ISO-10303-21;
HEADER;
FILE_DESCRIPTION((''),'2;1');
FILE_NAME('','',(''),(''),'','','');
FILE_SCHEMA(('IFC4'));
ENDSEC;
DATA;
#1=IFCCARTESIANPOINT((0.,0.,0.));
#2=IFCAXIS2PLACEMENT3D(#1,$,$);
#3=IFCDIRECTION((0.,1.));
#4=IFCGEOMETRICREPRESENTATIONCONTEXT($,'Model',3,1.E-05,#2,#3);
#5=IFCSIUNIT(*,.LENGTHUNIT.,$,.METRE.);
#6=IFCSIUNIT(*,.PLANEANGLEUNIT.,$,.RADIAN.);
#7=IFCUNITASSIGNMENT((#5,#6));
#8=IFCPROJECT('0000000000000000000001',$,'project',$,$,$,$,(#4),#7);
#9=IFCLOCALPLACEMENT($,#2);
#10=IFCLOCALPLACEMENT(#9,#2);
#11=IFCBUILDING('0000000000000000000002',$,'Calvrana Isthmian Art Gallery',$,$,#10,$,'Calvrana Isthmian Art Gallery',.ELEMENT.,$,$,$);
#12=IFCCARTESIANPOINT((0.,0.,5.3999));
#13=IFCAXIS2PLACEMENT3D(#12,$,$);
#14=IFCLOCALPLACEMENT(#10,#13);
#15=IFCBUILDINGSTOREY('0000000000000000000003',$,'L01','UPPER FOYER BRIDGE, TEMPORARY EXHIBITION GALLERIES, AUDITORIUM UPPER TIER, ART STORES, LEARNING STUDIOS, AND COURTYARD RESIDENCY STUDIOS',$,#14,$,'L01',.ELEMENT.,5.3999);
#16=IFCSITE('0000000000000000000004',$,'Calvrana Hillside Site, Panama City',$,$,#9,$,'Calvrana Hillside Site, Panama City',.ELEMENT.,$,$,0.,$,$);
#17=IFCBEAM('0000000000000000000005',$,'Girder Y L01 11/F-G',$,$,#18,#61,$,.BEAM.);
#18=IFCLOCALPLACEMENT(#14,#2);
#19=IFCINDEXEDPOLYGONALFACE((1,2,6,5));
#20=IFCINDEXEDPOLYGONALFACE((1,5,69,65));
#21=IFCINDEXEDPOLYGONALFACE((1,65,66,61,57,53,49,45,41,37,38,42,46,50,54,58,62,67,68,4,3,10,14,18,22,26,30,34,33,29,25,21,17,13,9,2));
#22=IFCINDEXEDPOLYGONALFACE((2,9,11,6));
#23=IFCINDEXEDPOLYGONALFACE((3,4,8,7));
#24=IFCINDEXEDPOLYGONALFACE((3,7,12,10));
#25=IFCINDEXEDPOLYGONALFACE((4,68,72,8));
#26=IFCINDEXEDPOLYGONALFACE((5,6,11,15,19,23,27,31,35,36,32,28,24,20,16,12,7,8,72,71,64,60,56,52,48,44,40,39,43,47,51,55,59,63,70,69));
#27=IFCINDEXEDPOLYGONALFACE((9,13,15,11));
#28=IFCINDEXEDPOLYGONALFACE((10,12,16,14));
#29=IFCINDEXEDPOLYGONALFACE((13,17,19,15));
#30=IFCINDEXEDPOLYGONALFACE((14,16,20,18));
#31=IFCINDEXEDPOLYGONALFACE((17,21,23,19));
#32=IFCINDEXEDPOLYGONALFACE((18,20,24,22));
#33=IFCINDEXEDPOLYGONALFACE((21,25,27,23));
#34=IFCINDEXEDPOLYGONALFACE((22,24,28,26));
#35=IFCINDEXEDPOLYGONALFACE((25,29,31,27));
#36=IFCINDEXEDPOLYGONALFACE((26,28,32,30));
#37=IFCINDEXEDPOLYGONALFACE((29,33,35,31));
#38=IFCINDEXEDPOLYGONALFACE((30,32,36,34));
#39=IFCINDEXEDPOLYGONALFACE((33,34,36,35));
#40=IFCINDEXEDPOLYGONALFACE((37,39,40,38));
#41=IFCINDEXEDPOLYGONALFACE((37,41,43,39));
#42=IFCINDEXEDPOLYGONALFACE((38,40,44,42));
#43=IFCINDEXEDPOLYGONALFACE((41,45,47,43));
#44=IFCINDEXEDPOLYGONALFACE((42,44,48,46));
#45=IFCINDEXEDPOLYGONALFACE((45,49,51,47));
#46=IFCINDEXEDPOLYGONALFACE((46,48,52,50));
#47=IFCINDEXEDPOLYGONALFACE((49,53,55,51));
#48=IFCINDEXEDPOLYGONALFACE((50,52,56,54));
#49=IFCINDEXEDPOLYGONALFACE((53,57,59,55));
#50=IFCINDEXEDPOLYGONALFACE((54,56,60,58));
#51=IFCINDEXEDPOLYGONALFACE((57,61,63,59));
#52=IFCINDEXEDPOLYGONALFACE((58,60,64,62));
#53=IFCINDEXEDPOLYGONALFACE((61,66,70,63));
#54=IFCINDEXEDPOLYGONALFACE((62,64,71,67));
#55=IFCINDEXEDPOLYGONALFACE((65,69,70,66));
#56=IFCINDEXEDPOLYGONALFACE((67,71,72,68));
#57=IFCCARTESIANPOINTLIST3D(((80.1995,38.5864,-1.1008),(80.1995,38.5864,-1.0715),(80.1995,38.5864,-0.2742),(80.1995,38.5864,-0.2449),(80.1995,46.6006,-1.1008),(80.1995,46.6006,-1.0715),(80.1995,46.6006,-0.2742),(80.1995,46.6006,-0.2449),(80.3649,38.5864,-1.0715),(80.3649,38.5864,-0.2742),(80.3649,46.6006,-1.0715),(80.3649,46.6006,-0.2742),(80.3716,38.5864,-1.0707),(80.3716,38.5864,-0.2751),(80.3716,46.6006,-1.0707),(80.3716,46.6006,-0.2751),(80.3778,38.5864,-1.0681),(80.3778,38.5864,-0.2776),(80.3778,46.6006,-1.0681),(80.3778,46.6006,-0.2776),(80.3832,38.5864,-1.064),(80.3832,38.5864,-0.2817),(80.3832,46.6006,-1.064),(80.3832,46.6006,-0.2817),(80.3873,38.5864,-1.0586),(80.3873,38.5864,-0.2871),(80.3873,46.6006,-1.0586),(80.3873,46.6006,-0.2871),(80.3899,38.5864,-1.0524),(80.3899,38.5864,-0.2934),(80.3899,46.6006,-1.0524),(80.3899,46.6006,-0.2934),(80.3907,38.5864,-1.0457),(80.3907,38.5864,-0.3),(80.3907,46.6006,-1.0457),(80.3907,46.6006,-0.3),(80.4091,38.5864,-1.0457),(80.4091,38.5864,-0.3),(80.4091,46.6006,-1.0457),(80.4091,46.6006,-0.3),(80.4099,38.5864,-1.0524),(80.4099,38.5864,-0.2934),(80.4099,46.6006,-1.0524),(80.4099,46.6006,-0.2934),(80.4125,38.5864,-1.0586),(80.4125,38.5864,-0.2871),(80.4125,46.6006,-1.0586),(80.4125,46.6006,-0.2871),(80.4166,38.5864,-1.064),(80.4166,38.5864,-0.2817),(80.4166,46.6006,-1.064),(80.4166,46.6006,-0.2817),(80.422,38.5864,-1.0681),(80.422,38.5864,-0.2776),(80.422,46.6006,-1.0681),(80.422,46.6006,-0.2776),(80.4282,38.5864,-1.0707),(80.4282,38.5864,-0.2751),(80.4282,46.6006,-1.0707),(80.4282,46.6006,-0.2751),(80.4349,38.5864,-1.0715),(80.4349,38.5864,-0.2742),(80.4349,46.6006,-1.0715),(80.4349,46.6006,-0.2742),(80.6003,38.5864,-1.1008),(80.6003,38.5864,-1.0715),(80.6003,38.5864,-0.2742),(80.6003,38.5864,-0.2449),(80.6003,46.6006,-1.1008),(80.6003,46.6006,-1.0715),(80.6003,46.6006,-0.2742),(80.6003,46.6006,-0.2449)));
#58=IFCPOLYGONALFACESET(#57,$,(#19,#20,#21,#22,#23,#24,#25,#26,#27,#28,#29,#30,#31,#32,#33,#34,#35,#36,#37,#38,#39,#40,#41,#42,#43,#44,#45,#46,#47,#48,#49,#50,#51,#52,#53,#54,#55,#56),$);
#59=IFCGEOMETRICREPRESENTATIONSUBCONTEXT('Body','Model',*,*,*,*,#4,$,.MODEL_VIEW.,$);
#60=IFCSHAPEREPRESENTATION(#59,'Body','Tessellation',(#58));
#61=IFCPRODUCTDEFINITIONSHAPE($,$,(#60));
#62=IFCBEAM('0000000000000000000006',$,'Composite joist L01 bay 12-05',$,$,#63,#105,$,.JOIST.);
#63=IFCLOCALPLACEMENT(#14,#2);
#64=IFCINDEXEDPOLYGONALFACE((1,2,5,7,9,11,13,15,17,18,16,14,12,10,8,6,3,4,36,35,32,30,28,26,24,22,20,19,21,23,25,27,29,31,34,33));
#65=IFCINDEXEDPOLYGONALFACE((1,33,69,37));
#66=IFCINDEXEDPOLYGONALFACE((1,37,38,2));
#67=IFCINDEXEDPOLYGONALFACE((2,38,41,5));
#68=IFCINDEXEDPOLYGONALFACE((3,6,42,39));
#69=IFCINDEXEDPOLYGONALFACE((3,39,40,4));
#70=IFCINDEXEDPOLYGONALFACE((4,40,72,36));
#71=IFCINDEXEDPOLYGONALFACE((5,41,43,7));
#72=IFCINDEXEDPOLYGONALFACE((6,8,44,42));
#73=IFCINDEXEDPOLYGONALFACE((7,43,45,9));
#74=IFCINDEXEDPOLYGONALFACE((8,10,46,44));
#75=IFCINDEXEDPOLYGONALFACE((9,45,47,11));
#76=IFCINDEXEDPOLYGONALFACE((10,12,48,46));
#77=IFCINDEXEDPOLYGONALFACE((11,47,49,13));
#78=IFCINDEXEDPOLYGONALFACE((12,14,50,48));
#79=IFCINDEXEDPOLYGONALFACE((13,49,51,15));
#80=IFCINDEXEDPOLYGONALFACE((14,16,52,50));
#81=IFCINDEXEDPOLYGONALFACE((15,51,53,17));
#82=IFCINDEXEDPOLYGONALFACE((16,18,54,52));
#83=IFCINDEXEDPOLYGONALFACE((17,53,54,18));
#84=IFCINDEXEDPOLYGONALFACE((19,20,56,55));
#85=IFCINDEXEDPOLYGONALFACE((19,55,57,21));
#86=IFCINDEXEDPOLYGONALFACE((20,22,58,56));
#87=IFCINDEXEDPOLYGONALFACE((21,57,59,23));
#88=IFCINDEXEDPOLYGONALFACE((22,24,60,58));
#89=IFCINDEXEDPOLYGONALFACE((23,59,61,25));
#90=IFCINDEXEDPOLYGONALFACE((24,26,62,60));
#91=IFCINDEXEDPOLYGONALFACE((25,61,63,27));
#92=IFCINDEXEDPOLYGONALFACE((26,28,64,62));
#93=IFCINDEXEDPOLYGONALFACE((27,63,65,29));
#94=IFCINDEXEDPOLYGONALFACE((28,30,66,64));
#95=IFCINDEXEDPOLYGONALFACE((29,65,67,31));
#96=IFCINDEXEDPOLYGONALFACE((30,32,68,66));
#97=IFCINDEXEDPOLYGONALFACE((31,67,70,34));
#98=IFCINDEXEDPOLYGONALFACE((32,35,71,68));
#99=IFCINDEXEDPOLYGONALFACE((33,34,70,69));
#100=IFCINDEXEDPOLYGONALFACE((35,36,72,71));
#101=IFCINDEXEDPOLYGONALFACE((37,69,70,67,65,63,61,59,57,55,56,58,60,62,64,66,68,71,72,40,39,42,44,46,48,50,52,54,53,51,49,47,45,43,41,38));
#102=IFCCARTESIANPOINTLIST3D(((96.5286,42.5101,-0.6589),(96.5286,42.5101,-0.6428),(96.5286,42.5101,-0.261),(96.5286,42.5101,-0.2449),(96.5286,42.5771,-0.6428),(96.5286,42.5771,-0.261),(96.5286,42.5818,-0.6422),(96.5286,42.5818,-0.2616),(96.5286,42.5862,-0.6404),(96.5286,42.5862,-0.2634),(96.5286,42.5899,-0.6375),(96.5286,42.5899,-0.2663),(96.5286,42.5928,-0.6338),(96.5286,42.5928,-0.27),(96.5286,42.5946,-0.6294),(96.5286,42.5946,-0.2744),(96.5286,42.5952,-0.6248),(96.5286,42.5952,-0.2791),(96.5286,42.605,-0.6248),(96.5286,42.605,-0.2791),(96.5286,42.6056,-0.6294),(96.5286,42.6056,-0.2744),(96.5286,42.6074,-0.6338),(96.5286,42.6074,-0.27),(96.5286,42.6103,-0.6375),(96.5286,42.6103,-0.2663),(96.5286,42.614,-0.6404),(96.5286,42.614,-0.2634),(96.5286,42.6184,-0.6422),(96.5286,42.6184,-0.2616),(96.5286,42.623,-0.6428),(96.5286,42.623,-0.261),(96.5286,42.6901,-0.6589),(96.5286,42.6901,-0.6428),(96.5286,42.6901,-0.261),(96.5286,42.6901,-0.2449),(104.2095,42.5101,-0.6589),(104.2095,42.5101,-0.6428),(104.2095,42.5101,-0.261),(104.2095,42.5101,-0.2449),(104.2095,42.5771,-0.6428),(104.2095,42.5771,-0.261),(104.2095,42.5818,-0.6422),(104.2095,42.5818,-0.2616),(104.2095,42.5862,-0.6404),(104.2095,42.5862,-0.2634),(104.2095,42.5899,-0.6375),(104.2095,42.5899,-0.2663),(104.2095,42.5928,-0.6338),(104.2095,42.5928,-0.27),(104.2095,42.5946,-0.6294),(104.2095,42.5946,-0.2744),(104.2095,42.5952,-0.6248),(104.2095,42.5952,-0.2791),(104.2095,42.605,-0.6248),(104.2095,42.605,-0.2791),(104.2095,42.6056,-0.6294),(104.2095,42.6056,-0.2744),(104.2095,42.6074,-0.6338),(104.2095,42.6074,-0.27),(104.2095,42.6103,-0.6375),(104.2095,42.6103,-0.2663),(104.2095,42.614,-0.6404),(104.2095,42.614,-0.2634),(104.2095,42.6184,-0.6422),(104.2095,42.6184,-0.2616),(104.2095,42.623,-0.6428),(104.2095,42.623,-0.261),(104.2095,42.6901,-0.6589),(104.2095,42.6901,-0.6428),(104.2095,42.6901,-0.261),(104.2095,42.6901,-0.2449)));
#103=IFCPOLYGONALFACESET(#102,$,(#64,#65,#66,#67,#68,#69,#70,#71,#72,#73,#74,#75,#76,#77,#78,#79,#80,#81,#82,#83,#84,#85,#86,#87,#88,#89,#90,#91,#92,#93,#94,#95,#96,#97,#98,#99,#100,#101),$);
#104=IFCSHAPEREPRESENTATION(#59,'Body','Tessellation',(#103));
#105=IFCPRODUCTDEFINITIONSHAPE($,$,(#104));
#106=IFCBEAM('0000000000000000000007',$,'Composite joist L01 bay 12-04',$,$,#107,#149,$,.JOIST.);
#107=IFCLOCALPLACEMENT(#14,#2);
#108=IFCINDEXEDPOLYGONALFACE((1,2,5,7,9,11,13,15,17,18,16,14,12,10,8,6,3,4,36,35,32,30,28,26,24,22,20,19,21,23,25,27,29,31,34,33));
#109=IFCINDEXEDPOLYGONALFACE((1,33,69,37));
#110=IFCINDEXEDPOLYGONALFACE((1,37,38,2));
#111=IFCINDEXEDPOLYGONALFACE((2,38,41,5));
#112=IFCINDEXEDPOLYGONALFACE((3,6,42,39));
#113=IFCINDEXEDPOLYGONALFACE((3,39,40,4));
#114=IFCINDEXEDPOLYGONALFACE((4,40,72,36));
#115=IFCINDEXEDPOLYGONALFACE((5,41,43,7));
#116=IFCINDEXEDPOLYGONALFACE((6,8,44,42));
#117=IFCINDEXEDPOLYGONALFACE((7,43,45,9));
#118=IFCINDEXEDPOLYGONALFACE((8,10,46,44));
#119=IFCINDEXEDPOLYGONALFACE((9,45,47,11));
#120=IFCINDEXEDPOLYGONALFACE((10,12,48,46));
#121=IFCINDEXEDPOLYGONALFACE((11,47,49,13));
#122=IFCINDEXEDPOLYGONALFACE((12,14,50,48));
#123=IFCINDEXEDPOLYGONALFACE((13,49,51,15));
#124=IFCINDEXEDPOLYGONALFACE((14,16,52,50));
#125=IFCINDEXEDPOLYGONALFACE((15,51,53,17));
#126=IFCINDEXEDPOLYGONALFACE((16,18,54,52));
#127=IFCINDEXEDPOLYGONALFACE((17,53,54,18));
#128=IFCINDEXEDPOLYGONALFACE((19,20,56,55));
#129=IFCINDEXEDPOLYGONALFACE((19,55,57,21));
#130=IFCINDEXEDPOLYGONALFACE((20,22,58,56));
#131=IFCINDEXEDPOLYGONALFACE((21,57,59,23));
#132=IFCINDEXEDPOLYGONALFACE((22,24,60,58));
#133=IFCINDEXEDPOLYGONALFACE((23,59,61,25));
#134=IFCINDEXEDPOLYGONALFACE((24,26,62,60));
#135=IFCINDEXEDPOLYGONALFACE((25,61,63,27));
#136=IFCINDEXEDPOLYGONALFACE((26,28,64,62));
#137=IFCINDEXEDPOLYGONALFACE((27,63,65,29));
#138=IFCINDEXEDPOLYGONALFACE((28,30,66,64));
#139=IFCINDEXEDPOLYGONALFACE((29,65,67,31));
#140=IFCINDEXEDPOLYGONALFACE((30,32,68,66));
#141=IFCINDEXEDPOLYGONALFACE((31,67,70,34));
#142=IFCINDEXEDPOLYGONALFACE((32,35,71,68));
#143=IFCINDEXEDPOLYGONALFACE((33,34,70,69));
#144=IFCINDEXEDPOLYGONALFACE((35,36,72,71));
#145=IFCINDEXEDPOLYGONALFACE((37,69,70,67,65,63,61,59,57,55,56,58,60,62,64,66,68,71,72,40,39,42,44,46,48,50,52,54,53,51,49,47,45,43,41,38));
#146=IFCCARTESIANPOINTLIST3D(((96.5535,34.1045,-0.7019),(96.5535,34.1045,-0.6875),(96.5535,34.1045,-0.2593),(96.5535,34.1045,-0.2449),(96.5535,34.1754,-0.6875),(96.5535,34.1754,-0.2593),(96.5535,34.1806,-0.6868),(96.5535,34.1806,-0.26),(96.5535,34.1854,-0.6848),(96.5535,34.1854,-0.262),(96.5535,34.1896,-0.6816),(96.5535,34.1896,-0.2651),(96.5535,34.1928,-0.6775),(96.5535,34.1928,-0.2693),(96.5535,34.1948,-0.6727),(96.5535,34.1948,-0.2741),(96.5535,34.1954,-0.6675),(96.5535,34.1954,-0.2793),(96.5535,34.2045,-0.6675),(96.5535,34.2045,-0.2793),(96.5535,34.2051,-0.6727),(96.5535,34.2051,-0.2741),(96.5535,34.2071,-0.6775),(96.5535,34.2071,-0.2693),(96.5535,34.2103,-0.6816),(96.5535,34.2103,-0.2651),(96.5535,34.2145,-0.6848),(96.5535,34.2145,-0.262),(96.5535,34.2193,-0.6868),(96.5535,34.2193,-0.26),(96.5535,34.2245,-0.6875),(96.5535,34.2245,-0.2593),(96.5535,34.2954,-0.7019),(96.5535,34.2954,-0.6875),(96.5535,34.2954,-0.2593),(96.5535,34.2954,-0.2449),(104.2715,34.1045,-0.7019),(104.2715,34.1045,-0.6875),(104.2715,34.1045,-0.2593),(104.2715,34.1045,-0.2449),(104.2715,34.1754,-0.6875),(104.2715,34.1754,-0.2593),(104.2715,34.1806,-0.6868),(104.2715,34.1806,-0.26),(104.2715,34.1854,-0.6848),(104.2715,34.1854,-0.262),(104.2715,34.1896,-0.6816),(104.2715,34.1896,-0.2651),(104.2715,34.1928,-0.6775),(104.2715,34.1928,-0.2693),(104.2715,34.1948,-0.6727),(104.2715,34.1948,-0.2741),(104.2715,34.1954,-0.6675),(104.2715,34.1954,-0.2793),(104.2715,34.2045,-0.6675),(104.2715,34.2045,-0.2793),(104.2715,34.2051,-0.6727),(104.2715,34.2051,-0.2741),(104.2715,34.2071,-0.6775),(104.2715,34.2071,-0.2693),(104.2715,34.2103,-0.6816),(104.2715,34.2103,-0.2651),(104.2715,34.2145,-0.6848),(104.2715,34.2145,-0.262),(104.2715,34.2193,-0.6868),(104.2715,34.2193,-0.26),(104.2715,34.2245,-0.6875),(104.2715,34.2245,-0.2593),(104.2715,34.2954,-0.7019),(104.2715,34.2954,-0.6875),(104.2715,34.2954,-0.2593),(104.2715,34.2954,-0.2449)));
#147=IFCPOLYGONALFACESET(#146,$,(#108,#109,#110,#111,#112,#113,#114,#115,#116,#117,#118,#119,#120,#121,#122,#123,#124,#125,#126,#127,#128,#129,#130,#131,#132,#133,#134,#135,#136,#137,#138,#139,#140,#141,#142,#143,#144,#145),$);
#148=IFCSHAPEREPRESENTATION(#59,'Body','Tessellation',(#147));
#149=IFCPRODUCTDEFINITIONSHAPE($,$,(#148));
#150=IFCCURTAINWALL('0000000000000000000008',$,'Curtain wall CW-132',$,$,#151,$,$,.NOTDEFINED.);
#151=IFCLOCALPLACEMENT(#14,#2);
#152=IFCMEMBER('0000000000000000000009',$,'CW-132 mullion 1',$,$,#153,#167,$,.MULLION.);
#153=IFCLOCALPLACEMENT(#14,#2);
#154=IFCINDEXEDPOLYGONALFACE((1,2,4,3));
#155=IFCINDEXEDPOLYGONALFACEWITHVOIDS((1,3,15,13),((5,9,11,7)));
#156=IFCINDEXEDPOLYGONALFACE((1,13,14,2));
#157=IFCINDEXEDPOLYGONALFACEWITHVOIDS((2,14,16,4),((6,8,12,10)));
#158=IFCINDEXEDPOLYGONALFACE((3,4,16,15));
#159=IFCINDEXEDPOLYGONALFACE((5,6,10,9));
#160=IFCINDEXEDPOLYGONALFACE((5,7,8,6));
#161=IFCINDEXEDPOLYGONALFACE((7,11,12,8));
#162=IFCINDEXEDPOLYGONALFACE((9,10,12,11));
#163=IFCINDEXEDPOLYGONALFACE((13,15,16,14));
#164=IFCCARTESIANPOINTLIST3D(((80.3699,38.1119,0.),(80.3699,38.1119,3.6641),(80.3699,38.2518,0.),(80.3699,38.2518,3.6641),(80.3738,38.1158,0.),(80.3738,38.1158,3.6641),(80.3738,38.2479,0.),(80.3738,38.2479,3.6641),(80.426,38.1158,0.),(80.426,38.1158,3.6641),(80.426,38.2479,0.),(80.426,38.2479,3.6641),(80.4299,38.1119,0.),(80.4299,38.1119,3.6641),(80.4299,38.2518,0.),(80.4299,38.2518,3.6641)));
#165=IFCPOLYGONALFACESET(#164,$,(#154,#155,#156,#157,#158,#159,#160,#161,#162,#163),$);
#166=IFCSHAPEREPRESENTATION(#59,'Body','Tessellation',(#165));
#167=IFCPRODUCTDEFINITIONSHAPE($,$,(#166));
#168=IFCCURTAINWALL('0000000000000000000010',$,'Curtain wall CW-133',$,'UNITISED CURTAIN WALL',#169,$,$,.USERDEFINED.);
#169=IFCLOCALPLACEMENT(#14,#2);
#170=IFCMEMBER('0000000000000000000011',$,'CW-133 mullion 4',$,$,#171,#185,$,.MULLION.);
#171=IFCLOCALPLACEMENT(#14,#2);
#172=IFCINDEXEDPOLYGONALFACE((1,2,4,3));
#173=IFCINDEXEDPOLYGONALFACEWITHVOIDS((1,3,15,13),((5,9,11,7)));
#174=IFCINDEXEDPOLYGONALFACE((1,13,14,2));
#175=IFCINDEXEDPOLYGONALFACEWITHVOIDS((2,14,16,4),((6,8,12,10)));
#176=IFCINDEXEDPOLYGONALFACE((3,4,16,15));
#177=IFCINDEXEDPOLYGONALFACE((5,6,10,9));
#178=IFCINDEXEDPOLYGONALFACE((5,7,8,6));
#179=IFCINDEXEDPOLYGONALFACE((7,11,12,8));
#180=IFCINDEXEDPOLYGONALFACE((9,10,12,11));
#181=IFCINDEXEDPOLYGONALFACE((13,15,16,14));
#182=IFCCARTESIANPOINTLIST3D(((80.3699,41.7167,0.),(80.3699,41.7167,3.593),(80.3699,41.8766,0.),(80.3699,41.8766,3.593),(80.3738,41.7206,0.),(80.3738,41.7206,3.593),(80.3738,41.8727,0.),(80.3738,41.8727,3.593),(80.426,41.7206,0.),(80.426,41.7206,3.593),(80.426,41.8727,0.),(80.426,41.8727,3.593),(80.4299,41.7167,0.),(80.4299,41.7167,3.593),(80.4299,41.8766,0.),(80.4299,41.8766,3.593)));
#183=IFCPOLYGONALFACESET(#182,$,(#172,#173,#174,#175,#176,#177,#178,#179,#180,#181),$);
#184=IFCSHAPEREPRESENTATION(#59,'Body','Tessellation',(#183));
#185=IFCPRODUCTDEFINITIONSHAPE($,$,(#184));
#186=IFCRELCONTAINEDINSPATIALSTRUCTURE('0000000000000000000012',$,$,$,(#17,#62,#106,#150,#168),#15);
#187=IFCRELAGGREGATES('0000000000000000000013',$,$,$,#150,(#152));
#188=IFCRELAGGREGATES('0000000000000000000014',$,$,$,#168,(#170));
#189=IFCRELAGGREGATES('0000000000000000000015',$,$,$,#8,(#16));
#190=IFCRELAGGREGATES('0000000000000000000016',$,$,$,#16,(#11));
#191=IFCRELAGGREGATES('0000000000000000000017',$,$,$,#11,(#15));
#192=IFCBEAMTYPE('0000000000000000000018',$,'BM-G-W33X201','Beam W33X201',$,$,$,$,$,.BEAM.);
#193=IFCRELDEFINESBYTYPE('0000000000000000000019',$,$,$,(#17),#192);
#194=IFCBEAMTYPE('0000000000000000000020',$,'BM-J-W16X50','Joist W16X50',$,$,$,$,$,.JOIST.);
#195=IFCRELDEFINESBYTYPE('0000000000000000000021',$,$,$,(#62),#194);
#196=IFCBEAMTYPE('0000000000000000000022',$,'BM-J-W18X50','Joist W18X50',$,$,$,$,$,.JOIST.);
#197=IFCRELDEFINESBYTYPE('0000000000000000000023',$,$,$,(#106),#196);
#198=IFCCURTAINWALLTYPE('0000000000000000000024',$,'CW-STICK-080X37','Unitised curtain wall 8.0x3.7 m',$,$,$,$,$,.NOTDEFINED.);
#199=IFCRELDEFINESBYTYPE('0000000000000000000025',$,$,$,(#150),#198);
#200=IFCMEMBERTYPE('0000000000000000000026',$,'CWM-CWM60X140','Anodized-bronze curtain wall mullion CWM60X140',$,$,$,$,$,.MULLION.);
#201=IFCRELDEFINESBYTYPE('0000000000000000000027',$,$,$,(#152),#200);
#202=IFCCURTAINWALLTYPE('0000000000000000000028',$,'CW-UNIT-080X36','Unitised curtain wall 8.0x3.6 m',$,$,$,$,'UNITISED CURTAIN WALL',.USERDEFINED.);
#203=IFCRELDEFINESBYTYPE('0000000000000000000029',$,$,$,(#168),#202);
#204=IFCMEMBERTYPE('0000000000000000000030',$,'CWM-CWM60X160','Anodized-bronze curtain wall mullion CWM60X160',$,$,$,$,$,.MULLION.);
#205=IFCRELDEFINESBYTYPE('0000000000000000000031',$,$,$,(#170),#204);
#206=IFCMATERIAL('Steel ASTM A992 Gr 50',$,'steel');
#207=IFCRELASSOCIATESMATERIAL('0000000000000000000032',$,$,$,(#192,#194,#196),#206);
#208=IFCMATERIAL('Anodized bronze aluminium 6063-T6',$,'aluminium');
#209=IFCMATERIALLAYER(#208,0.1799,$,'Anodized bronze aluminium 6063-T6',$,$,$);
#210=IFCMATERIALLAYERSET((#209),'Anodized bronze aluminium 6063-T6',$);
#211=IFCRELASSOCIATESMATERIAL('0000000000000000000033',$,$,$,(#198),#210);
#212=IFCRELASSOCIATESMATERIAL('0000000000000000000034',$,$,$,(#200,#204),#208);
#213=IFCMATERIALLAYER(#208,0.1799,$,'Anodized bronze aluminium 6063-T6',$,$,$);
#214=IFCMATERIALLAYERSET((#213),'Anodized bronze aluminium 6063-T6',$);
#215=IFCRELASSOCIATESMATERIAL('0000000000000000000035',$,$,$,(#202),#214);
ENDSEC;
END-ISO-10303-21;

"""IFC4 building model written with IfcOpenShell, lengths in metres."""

from ifc_helpers import new_model, si_unit, direction, frame, origin, origin_2d, place, context, subcontext, project, spatial, hollow_rectangle, i_section, extrude, material, layer, layer_set, material_profile, profile_set, type_object, element, aggregate, save


model = new_model("IFC4")

# Units and contexts
model_context = context("Model", 3, precision=1e-05, world=origin(), true_north=direction((0.0, 1.0)))
body_context = subcontext(model_context, "Body", "Model", "MODEL_VIEW")
ifc_project = project(units=[si_unit("LENGTHUNIT", "METRE"), si_unit("PLANEANGLEUNIT", "RADIAN")], contexts=[model_context])

# Site, building, storey
site_placement = place(None, origin())
site = spatial("IfcSite", under=ifc_project, at=site_placement, Name="Calvrana Hillside Site, Panama City", LongName="Calvrana Hillside Site, Panama City", CompositionType="ELEMENT", RefElevation=0.0)
building_placement = place(site_placement, origin())
building = spatial("IfcBuilding", under=site, at=building_placement, Name="Calvrana Isthmian Art Gallery", LongName="Calvrana Isthmian Art Gallery", CompositionType="ELEMENT")
storey_placement = place(building_placement, frame((0.0, 0.0, 5.3999)))
storey = spatial("IfcBuildingStorey", under=building, at=storey_placement, Name="L01", Description="UPPER FOYER BRIDGE, TEMPORARY EXHIBITION GALLERIES, AUDITORIUM UPPER TIER, ART STORES, LEARNING STUDIOS, AND COURTYARD RESIDENCY STUDIOS", LongName="L01", CompositionType="ELEMENT", Elevation=5.3999)

# Shared definitions
ifc_material_1 = material(Name="Steel ASTM A992 Gr 50", Category="steel")

# Beams
ifc_material_profile_1 = material_profile(ifc_material_1, i_section(OverallWidth=0.4009, OverallDepth=0.856, WebThickness=0.0183, FlangeThickness=0.0293, FilletRadius=0.0259, at=origin_2d()), Name="W33X201")
ifc_profile_set_1 = profile_set([ifc_material_profile_1], Name="Steel ASTM A992 Gr 50")
beam_type_1 = type_object("IfcBeamType", Name="BM-G-W33X201", Description="Beam W33X201", PredefinedType="BEAM", material=ifc_profile_set_1)
beam_1_placement = place(storey_placement, frame((80.3999, 38.5864, -0.6729), z_axis=(0.0, 1.0, 0.0), x_axis=(-1.0, 0.0, 0.0)))
element("IfcBeam", 1, at=beam_1_placement, inside=storey, type_object=beam_type_1, Name="Girder Y L01 11/F-G", PredefinedType="BEAM", context=body_context, shape_type="SweptSolid", body=[
    extrude(i_section(OverallWidth=0.4009, OverallDepth=0.856, WebThickness=0.0183, FlangeThickness=0.0293, FilletRadius=0.0259, at=origin_2d()), origin(), (0.0, 0.0, 1.0), 8.0142),
])
ifc_material_profile_2 = material_profile(ifc_material_1, i_section(OverallWidth=0.1799, OverallDepth=0.4141, WebThickness=0.0098, FlangeThickness=0.0161, FilletRadius=0.0181, at=origin_2d()), Name="W16X50")
ifc_profile_set_2 = profile_set([ifc_material_profile_2], Name="Steel ASTM A992 Gr 50")
beam_type_2 = type_object("IfcBeamType", Name="BM-J-W16X50", Description="Joist W16X50", PredefinedType="JOIST", material=ifc_profile_set_2)
beam_2_placement = place(storey_placement, frame((96.5286, 42.6001, -0.4519), z_axis=(1.0, 0.0, 0.0), x_axis=(0.0, 1.0, 0.0)))
element("IfcBeam", 2, at=beam_2_placement, inside=storey, type_object=beam_type_2, Name="Composite joist L01 bay 12-05", PredefinedType="JOIST", context=body_context, shape_type="SweptSolid", body=[
    extrude(i_section(OverallWidth=0.1799, OverallDepth=0.4141, WebThickness=0.0098, FlangeThickness=0.0161, FilletRadius=0.0181, at=origin_2d()), origin(), (0.0, 0.0, 1.0), 7.6809),
])
ifc_material_profile_3 = material_profile(ifc_material_1, i_section(OverallWidth=0.1909, OverallDepth=0.457, WebThickness=0.009, FlangeThickness=0.0144, FilletRadius=0.02, at=origin_2d()), Name="W18X50")
ifc_profile_set_3 = profile_set([ifc_material_profile_3], Name="Steel ASTM A992 Gr 50")
beam_type_3 = type_object("IfcBeamType", Name="BM-J-W18X50", Description="Joist W18X50", PredefinedType="JOIST", material=ifc_profile_set_3)
beam_3_placement = place(storey_placement, frame((96.5535, 34.2, -0.4734), z_axis=(1.0, 0.0, 0.0), x_axis=(0.0, 1.0, 0.0)))
element("IfcBeam", 3, at=beam_3_placement, inside=storey, type_object=beam_type_3, Name="Composite joist L01 bay 12-04", PredefinedType="JOIST", context=body_context, shape_type="SweptSolid", body=[
    extrude(i_section(OverallWidth=0.1909, OverallDepth=0.457, WebThickness=0.009, FlangeThickness=0.0144, FilletRadius=0.02, at=origin_2d()), origin(), (0.0, 0.0, 1.0), 7.718),
])

# Curtain wall, member
ifc_material_2 = material(Name="Anodized bronze aluminium 6063-T6", Category="aluminium")
ifc_layer_1 = layer(ifc_material_2, 0.1799, Name="Anodized bronze aluminium 6063-T6")
ifc_layer_set_1 = layer_set([ifc_layer_1], Name="Anodized bronze aluminium 6063-T6")
curtain_wall_type_1 = type_object("IfcCurtainWallType", Name="CW-STICK-080X37", Description="Unitised curtain wall 8.0x3.7 m", PredefinedType="NOTDEFINED", material=ifc_layer_set_1)
curtain_wall_1_placement = place(storey_placement, origin())
curtain_wall_1 = element("IfcCurtainWall", 4, at=curtain_wall_1_placement, inside=storey, type_object=curtain_wall_type_1, Name="Curtain wall CW-132", PredefinedType="NOTDEFINED")
ifc_material_profile_4 = material_profile(ifc_material_2, hollow_rectangle(XDim=0.0601, YDim=0.1399, WallThickness=0.0039, at=origin_2d()), Name="CWM60X140")
ifc_profile_set_4 = profile_set([ifc_material_profile_4], Name="Anodized bronze aluminium 6063-T6")
member_type_1 = type_object("IfcMemberType", Name="CWM-CWM60X140", Description="Anodized-bronze curtain wall mullion CWM60X140", PredefinedType="MULLION", material=ifc_profile_set_4)
member_1_placement = place(storey_placement, frame((80.3999, 38.1819, 0.0), z_axis=(0.0, 0.0, 1.0), x_axis=(1.0, 0.0, 0.0)))
member_1 = element("IfcMember", 5, at=member_1_placement, type_object=member_type_1, Name="CW-132 mullion 1", PredefinedType="MULLION", context=body_context, shape_type="SweptSolid", body=[
    extrude(hollow_rectangle(XDim=0.0601, YDim=0.1399, WallThickness=0.0039, at=origin_2d()), origin(), (0.0, 0.0, 1.0), 3.6641),
])

# Curtain wall, member
ifc_layer_2 = layer(ifc_material_2, 0.1799, Name="Anodized bronze aluminium 6063-T6")
ifc_layer_set_2 = layer_set([ifc_layer_2], Name="Anodized bronze aluminium 6063-T6")
curtain_wall_type_2 = type_object("IfcCurtainWallType", Name="CW-UNIT-080X36", Description="Unitised curtain wall 8.0x3.6 m", ElementType="UNITISED CURTAIN WALL", PredefinedType="USERDEFINED", material=ifc_layer_set_2)
curtain_wall_2_placement = place(storey_placement, origin())
curtain_wall_2 = element("IfcCurtainWall", 6, at=curtain_wall_2_placement, inside=storey, type_object=curtain_wall_type_2, Name="Curtain wall CW-133", ObjectType="UNITISED CURTAIN WALL", PredefinedType="USERDEFINED")
ifc_material_profile_5 = material_profile(ifc_material_2, hollow_rectangle(XDim=0.0601, YDim=0.1599, WallThickness=0.0039, at=origin_2d()), Name="CWM60X160")
ifc_profile_set_5 = profile_set([ifc_material_profile_5], Name="Anodized bronze aluminium 6063-T6")
member_type_2 = type_object("IfcMemberType", Name="CWM-CWM60X160", Description="Anodized-bronze curtain wall mullion CWM60X160", PredefinedType="MULLION", material=ifc_profile_set_5)
member_2_placement = place(storey_placement, frame((80.3999, 41.7966, 0.0), z_axis=(0.0, 0.0, 1.0), x_axis=(1.0, 0.0, 0.0)))
member_2 = element("IfcMember", 7, at=member_2_placement, type_object=member_type_2, Name="CW-133 mullion 4", PredefinedType="MULLION", context=body_context, shape_type="SweptSolid", body=[
    extrude(hollow_rectangle(XDim=0.0601, YDim=0.1599, WallThickness=0.0039, at=origin_2d()), origin(), (0.0, 0.0, 1.0), 3.593),
])

aggregate(curtain_wall_1, [member_1])

aggregate(curtain_wall_2, [member_2])

save(model, "model.ifc")
